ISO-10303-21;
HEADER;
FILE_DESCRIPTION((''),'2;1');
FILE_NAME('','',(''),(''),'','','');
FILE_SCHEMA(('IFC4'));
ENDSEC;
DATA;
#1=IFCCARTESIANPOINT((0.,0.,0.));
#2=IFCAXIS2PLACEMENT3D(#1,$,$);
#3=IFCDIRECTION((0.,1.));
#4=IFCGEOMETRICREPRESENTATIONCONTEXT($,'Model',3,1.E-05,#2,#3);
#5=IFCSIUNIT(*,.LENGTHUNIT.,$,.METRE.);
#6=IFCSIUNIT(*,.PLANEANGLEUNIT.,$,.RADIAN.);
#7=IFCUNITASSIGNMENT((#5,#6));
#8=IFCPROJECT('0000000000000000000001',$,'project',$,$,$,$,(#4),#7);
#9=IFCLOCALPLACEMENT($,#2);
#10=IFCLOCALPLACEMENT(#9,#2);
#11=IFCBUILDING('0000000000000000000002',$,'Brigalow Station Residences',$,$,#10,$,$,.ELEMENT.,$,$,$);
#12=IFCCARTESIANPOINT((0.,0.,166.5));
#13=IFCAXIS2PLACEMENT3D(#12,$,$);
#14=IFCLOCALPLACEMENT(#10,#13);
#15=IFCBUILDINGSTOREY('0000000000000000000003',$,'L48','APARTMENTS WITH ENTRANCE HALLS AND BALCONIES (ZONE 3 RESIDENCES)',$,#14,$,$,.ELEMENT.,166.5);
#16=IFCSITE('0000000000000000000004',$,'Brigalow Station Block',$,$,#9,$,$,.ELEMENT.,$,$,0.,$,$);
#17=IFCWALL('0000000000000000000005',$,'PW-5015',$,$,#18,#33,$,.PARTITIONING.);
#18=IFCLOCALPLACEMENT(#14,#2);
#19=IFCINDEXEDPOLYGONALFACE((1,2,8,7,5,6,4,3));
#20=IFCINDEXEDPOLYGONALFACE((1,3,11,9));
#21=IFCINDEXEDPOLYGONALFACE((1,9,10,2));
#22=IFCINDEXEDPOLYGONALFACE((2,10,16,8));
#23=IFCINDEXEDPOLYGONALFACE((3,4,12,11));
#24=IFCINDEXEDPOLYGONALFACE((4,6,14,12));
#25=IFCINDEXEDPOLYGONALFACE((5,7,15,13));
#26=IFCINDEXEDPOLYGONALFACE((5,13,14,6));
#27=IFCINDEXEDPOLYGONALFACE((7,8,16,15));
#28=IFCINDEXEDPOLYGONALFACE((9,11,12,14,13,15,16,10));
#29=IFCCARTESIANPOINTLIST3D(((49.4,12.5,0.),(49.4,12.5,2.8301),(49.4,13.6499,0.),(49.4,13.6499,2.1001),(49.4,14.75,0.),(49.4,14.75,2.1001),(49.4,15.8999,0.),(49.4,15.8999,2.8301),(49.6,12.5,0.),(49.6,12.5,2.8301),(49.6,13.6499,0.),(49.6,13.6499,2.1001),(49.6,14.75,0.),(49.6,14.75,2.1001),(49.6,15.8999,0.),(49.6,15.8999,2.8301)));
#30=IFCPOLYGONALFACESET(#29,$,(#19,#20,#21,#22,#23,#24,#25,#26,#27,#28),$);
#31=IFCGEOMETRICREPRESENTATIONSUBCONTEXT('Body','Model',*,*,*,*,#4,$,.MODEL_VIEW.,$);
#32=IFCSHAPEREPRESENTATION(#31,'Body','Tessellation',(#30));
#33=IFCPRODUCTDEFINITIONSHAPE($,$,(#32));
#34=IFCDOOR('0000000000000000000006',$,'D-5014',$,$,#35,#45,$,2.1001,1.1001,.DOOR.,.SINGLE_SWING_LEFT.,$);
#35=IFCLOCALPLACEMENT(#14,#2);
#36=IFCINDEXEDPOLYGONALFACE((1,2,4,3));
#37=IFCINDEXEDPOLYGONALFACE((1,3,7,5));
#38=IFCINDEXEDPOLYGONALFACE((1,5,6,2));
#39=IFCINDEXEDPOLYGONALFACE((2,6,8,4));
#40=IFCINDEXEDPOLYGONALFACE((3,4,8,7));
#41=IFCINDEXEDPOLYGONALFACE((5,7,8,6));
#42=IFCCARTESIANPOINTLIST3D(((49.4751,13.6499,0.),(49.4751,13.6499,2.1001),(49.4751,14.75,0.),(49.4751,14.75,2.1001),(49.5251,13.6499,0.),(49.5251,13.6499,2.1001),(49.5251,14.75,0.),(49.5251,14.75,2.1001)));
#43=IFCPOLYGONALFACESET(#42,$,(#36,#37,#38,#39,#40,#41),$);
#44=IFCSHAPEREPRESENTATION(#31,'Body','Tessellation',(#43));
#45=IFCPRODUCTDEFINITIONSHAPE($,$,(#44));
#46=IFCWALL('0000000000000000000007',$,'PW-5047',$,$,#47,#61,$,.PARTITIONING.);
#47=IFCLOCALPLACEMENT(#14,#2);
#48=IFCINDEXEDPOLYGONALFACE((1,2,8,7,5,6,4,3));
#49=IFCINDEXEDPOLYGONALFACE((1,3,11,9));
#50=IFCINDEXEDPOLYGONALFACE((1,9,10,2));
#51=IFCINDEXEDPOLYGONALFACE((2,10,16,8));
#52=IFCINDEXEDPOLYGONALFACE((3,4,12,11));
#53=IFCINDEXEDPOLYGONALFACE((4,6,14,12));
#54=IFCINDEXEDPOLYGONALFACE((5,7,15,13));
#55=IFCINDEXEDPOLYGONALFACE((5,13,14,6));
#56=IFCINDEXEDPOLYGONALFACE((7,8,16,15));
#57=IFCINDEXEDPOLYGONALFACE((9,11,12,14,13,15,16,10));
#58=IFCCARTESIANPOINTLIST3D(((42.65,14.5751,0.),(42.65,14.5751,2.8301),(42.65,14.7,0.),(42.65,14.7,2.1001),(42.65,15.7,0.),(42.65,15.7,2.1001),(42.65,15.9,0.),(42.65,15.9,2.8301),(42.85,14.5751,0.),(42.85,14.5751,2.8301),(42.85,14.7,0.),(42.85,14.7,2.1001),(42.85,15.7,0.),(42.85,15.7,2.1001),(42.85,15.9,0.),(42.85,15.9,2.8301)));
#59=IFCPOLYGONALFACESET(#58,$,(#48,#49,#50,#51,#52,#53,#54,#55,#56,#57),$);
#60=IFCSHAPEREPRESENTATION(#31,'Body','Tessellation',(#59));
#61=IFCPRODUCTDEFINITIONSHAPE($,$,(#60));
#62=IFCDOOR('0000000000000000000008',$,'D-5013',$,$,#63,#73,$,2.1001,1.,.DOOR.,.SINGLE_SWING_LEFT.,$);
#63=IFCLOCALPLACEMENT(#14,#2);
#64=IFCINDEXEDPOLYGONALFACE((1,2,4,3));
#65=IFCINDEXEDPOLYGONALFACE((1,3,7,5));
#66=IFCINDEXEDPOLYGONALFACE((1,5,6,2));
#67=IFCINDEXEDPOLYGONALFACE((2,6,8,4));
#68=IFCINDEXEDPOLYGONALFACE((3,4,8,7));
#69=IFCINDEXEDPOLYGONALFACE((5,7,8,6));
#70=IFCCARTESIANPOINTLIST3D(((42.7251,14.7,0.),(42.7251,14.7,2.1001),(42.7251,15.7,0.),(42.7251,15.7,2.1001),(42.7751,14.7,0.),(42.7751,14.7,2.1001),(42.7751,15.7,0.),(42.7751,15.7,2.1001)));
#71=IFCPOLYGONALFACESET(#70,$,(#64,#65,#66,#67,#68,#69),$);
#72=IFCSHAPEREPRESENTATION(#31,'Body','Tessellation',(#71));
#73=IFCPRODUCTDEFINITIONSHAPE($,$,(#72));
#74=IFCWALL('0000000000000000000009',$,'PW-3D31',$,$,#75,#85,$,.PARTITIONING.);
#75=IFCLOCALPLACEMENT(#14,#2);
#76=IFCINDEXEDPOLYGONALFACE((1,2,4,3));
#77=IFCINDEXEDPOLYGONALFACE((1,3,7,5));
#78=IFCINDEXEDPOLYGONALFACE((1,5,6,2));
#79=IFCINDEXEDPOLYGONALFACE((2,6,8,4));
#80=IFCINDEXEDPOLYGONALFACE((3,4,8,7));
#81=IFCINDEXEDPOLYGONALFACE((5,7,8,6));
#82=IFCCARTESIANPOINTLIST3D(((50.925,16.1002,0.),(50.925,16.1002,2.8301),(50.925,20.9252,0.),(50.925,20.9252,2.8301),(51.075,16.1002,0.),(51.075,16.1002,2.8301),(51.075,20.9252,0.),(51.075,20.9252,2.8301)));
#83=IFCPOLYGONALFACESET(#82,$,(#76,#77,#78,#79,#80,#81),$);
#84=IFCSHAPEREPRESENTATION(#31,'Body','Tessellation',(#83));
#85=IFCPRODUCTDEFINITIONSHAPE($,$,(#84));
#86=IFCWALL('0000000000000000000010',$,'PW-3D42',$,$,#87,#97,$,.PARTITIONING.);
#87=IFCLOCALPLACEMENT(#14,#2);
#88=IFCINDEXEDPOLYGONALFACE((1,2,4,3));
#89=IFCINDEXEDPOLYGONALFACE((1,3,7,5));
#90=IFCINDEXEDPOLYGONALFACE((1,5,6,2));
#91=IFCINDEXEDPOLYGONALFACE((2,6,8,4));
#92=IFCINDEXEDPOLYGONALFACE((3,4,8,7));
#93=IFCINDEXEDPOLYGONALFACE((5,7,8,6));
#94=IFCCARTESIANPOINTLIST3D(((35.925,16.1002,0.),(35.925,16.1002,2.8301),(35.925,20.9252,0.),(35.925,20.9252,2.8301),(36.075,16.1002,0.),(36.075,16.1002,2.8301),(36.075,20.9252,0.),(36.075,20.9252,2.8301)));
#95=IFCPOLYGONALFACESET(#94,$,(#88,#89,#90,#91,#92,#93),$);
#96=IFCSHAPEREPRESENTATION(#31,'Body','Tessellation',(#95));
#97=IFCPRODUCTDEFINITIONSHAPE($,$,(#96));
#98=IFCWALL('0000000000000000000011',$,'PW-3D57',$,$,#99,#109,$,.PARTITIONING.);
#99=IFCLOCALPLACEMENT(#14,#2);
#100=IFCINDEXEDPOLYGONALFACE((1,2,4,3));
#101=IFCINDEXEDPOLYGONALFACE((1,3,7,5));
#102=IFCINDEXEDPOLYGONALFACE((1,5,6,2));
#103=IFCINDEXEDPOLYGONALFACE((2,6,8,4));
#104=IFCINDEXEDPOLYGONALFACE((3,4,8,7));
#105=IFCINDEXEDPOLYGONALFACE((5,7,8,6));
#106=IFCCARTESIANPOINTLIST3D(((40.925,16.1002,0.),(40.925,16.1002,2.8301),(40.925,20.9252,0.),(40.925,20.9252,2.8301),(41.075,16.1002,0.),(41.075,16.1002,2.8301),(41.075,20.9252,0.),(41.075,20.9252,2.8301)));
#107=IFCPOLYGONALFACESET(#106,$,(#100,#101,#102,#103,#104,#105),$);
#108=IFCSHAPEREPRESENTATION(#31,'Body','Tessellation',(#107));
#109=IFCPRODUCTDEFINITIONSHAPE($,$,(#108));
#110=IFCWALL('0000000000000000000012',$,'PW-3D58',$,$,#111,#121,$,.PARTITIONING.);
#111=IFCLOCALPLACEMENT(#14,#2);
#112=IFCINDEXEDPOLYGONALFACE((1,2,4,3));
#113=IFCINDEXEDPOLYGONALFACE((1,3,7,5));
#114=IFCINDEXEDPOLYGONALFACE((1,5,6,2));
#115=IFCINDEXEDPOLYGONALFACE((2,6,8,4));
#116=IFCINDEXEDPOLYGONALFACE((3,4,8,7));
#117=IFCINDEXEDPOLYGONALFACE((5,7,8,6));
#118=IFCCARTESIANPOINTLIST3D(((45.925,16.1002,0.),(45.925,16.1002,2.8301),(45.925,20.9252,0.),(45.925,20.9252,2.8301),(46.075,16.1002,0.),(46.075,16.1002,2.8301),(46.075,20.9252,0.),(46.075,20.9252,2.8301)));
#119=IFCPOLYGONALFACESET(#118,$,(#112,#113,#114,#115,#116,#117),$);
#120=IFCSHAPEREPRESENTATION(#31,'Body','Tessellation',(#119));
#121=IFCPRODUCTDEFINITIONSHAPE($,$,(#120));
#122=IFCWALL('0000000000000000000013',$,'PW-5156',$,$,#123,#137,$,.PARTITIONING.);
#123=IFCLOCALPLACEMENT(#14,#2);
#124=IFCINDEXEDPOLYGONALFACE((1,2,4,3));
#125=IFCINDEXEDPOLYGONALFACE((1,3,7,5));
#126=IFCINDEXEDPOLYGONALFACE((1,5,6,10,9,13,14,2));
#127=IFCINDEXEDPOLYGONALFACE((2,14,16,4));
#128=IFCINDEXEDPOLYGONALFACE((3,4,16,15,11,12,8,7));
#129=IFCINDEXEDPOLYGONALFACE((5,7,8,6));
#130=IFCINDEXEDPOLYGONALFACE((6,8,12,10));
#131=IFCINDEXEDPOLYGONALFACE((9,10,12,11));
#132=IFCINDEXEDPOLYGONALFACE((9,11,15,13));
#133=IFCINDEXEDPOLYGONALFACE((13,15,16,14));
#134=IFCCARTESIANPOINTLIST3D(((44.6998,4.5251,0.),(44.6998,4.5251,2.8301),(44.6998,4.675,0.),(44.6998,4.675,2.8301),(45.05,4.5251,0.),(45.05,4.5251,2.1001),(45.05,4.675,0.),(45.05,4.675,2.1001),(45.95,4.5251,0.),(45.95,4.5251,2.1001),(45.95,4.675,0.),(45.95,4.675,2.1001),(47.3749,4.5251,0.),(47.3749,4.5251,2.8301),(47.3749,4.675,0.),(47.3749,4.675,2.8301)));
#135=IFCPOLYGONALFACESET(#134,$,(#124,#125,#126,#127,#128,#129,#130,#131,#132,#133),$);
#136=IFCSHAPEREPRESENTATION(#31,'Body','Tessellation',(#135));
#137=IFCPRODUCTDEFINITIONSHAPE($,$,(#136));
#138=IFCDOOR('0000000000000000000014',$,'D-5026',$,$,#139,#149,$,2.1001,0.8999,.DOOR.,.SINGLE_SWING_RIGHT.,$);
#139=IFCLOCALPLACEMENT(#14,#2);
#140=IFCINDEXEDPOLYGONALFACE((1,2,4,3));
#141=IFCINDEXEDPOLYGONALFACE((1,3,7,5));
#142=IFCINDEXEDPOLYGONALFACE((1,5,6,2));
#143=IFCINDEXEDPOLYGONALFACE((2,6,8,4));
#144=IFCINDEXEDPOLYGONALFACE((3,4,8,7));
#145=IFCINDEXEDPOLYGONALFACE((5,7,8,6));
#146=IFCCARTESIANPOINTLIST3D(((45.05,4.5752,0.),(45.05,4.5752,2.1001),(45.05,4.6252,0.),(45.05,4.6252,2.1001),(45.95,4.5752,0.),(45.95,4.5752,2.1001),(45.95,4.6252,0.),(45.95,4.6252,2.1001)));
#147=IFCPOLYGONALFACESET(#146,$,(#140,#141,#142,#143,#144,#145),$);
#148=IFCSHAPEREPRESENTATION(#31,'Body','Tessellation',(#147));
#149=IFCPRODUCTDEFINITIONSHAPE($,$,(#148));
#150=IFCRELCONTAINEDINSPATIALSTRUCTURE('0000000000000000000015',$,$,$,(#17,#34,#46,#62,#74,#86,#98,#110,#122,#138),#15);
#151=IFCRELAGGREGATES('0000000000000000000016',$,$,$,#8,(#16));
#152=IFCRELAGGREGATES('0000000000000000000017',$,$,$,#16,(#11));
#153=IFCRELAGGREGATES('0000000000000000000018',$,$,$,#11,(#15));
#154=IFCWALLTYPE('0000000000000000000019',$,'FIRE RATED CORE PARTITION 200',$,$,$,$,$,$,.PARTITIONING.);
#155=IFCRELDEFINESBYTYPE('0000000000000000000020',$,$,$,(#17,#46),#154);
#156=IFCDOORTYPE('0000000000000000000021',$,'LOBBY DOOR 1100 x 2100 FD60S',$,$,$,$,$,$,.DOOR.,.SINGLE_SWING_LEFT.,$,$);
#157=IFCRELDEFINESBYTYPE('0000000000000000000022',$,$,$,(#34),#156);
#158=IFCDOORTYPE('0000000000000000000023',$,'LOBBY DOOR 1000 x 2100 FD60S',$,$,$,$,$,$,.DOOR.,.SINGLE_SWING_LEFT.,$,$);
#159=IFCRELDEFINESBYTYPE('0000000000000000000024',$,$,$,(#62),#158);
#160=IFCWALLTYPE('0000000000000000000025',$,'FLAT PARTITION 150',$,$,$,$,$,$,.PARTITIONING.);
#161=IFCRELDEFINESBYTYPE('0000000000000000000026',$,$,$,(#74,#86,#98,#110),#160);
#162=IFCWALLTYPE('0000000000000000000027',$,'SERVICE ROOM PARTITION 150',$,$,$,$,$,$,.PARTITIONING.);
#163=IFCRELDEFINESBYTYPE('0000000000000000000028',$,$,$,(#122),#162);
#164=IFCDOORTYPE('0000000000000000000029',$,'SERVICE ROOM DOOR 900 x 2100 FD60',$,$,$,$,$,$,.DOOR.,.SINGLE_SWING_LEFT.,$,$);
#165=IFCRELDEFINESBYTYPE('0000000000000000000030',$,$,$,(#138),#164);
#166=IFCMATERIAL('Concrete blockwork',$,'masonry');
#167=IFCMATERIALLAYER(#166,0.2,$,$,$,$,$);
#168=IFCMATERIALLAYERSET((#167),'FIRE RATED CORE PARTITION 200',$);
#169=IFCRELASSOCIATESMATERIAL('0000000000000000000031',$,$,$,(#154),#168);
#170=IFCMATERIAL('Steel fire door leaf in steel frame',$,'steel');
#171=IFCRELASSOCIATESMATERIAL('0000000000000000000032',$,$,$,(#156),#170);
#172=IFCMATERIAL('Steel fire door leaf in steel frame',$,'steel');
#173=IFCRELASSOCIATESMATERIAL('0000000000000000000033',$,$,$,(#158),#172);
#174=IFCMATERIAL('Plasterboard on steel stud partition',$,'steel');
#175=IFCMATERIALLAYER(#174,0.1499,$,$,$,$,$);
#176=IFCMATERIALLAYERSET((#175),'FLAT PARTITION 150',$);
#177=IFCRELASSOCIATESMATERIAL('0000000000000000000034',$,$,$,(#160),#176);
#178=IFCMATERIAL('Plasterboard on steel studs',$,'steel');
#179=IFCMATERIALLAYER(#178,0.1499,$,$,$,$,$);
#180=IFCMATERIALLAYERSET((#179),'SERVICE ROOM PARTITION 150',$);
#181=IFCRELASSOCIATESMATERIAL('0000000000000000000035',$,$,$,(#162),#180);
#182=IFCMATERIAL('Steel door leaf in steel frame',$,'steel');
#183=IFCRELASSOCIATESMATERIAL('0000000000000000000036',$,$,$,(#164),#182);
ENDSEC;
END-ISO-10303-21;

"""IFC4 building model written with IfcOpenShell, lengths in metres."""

from ifc_helpers import new_model, si_unit, direction, frame, frame_2d, origin, place, context, subcontext, project, spatial, rectangle, extrude, material, layer, layer_set, type_object, element, fill, save


model = new_model("IFC4")

# Units and contexts
model_context = context("Model", 3, precision=1e-05, world=origin(), true_north=direction((0.0, 1.0)))
body_context = subcontext(model_context, "Body", "Model", "MODEL_VIEW")
ifc_project = project(units=[si_unit("LENGTHUNIT", "METRE"), si_unit("PLANEANGLEUNIT", "RADIAN")], contexts=[model_context])

# Site, building, storey
site_placement = place(None, origin())
site = spatial("IfcSite", under=ifc_project, at=site_placement, Name="Brigalow Station Block", CompositionType="ELEMENT", RefElevation=0.0)
building_placement = place(site_placement, origin())
building = spatial("IfcBuilding", under=site, at=building_placement, Name="Brigalow Station Residences", CompositionType="ELEMENT")
storey_placement = place(building_placement, frame((0.0, 0.0, 166.5)))
storey = spatial("IfcBuildingStorey", under=building, at=storey_placement, Name="L48", Description="APARTMENTS WITH ENTRANCE HALLS AND BALCONIES (ZONE 3 RESIDENCES)", CompositionType="ELEMENT", Elevation=166.5)

# Shared definitions
ifc_material_1 = material(Name="Concrete blockwork", Category="masonry")
ifc_layer_1 = layer(ifc_material_1, 0.2)
ifc_layer_set_1 = layer_set([ifc_layer_1], Name="FIRE RATED CORE PARTITION 200")
wall_type_1 = type_object("IfcWallType", Name="FIRE RATED CORE PARTITION 200", PredefinedType="PARTITIONING", material=ifc_layer_set_1)

# Walls, openings, doors
wall_1_placement = place(storey_placement, frame((49.5, 12.5, 0.0), z_axis=(0.0, 0.0, 1.0), x_axis=(0.0, 1.0, 0.0)))
wall_1 = element("IfcWall", 1, at=wall_1_placement, inside=storey, type_object=wall_type_1, Name="PW-5015", PredefinedType="PARTITIONING", context=body_context, shape_type="SweptSolid", body=[
    extrude(rectangle(XDim=3.3999, YDim=0.2, at=frame_2d((1.7, 0.0))), origin(), (0.0, 0.0, 1.0), 2.8301),
])
opening_1_placement = place(wall_1_placement, frame((1.1499, 0.0, 0.0)))
opening_1 = element("IfcOpeningElement", 2, at=opening_1_placement, cuts=wall_1, PredefinedType="OPENING", context=body_context, shape_type="SweptSolid", body=[
    extrude(rectangle(XDim=1.1001, YDim=2.1001, at=frame_2d((0.55, 1.05))), frame((0.0, 0.1099, 0.0), z_axis=(0.0, -1.0, 0.0), x_axis=(1.0, 0.0, 0.0)), (0.0, 0.0, 1.0), 0.22),
])
ifc_material_2 = material(Name="Steel fire door leaf in steel frame", Category="steel")
door_type_1 = type_object("IfcDoorType", Name="LOBBY DOOR 1100 x 2100 FD60S", OperationType="SINGLE_SWING_LEFT", PredefinedType="DOOR", material=ifc_material_2)
door_1_placement = place(opening_1_placement, origin())
door_1 = element("IfcDoor", 3, at=door_1_placement, inside=storey, type_object=door_type_1, Name="D-5014", OperationType="SINGLE_SWING_LEFT", OverallHeight=2.1001, OverallWidth=1.1001, PredefinedType="DOOR", context=body_context, shape_type="SweptSolid", body=[
    extrude(rectangle(XDim=1.1001, YDim=2.1001, at=frame_2d((0.55, 1.05))), frame((0.0, 0.0249, 0.0), z_axis=(0.0, -1.0, 0.0), x_axis=(1.0, 0.0, 0.0)), (0.0, 0.0, 1.0), 0.05),
])
fill(opening_1, door_1)
wall_2_placement = place(storey_placement, frame((42.75, 14.575, 0.0), z_axis=(0.0, 0.0, 1.0), x_axis=(0.0, 1.0, 0.0)))
wall_2 = element("IfcWall", 4, at=wall_2_placement, inside=storey, type_object=wall_type_1, Name="PW-5047", PredefinedType="PARTITIONING", context=body_context, shape_type="SweptSolid", body=[
    extrude(rectangle(XDim=1.325, YDim=0.2, at=frame_2d((0.6626, 0.0))), origin(), (0.0, 0.0, 1.0), 2.8301),
])
opening_2_placement = place(wall_2_placement, frame((0.125, 0.0, 0.0)))
opening_2 = element("IfcOpeningElement", 5, at=opening_2_placement, cuts=wall_2, PredefinedType="OPENING", context=body_context, shape_type="SweptSolid", body=[
    extrude(rectangle(XDim=1.0, YDim=2.1001, at=frame_2d((0.5, 1.05))), frame((0.0, 0.1099, 0.0), z_axis=(0.0, -1.0, 0.0), x_axis=(1.0, 0.0, 0.0)), (0.0, 0.0, 1.0), 0.22),
])
ifc_material_3 = material(Name="Steel fire door leaf in steel frame", Category="steel")
door_type_2 = type_object("IfcDoorType", Name="LOBBY DOOR 1000 x 2100 FD60S", OperationType="SINGLE_SWING_LEFT", PredefinedType="DOOR", material=ifc_material_3)
door_2_placement = place(opening_2_placement, origin())
door_2 = element("IfcDoor", 6, at=door_2_placement, inside=storey, type_object=door_type_2, Name="D-5013", OperationType="SINGLE_SWING_LEFT", OverallHeight=2.1001, OverallWidth=1.0, PredefinedType="DOOR", context=body_context, shape_type="SweptSolid", body=[
    extrude(rectangle(XDim=1.0, YDim=2.1001, at=frame_2d((0.5, 1.05))), frame((0.0, 0.0249, 0.0), z_axis=(0.0, -1.0, 0.0), x_axis=(1.0, 0.0, 0.0)), (0.0, 0.0, 1.0), 0.05),
])
fill(opening_2, door_2)

# Walls
ifc_material_4 = material(Name="Plasterboard on steel stud partition", Category="steel")
ifc_layer_2 = layer(ifc_material_4, 0.1499)
ifc_layer_set_2 = layer_set([ifc_layer_2], Name="FLAT PARTITION 150")
wall_type_2 = type_object("IfcWallType", Name="FLAT PARTITION 150", PredefinedType="PARTITIONING", material=ifc_layer_set_2)
for number, where, z_axis, x_axis, name in (
    (7, (51.0, 16.1001, 0.0), (0.0, 0.0, 1.0), (0.0, 1.0, 0.0), "PW-3D31"),
    (8, (36.0, 16.1001, 0.0), (0.0, 0.0, 1.0), (0.0, 1.0, 0.0), "PW-3D42"),
    (9, (41.0, 16.1001, 0.0), (0.0, 0.0, 1.0), (0.0, 1.0, 0.0), "PW-3D57"),
    (10, (46.0, 16.1001, 0.0), (0.0, 0.0, 1.0), (0.0, 1.0, 0.0), "PW-3D58"),
):
    element("IfcWall", number, at=place(storey_placement, frame(where, z_axis=z_axis, x_axis=x_axis)), inside=storey, type_object=wall_type_2, Name=name, PredefinedType="PARTITIONING", context=body_context, shape_type="SweptSolid", body=[
        extrude(rectangle(XDim=4.825, YDim=0.1499, at=frame_2d((2.4126, 0.0))), origin(), (0.0, 0.0, 1.0), 2.8301),
    ])

# Wall, opening, door
ifc_material_5 = material(Name="Plasterboard on steel studs", Category="steel")
ifc_layer_3 = layer(ifc_material_5, 0.1499)
ifc_layer_set_3 = layer_set([ifc_layer_3], Name="SERVICE ROOM PARTITION 150")
wall_type_3 = type_object("IfcWallType", Name="SERVICE ROOM PARTITION 150", PredefinedType="PARTITIONING", material=ifc_layer_set_3)
wall_3_placement = place(storey_placement, frame((44.7, 4.6001, 0.0), z_axis=(0.0, 0.0, 1.0), x_axis=(1.0, 0.0, 0.0)))
wall_3 = element("IfcWall", 11, at=wall_3_placement, inside=storey, type_object=wall_type_3, Name="PW-5156", PredefinedType="PARTITIONING", context=body_context, shape_type="SweptSolid", body=[
    extrude(rectangle(XDim=2.675, YDim=0.1499, at=frame_2d((1.3374, 0.0))), origin(), (0.0, 0.0, 1.0), 2.8301),
])
opening_3_placement = place(wall_3_placement, frame((0.3501, 0.0, 0.0)))
opening_3 = element("IfcOpeningElement", 12, at=opening_3_placement, cuts=wall_3, PredefinedType="OPENING", context=body_context, shape_type="SweptSolid", body=[
    extrude(rectangle(XDim=0.8999, YDim=2.1001, at=frame_2d((0.45, 1.05))), frame((0.0, 0.085, 0.0), z_axis=(0.0, -1.0, 0.0), x_axis=(1.0, 0.0, 0.0)), (0.0, 0.0, 1.0), 0.1699),
])
ifc_material_6 = material(Name="Steel door leaf in steel frame", Category="steel")
door_type_3 = type_object("IfcDoorType", Name="SERVICE ROOM DOOR 900 x 2100 FD60", OperationType="SINGLE_SWING_LEFT", PredefinedType="DOOR", material=ifc_material_6)
door_3_placement = place(opening_3_placement, frame((0.8999, 0.0, 0.0), z_axis=(0.0, 0.0, 1.0), x_axis=(-1.0, 0.0, 0.0)))
door_3 = element("IfcDoor", 13, at=door_3_placement, inside=storey, type_object=door_type_3, Name="D-5026", OperationType="SINGLE_SWING_RIGHT", OverallHeight=2.1001, OverallWidth=0.8999, PredefinedType="DOOR", context=body_context, shape_type="SweptSolid", body=[
    extrude(rectangle(XDim=0.8999, YDim=2.1001, at=frame_2d((0.45, 1.05))), frame((0.0, 0.0249, 0.0), z_axis=(0.0, -1.0, 0.0), x_axis=(1.0, 0.0, 0.0)), (0.0, 0.0, 1.0), 0.05),
])
fill(opening_3, door_3)

save(model, "model.ifc")
